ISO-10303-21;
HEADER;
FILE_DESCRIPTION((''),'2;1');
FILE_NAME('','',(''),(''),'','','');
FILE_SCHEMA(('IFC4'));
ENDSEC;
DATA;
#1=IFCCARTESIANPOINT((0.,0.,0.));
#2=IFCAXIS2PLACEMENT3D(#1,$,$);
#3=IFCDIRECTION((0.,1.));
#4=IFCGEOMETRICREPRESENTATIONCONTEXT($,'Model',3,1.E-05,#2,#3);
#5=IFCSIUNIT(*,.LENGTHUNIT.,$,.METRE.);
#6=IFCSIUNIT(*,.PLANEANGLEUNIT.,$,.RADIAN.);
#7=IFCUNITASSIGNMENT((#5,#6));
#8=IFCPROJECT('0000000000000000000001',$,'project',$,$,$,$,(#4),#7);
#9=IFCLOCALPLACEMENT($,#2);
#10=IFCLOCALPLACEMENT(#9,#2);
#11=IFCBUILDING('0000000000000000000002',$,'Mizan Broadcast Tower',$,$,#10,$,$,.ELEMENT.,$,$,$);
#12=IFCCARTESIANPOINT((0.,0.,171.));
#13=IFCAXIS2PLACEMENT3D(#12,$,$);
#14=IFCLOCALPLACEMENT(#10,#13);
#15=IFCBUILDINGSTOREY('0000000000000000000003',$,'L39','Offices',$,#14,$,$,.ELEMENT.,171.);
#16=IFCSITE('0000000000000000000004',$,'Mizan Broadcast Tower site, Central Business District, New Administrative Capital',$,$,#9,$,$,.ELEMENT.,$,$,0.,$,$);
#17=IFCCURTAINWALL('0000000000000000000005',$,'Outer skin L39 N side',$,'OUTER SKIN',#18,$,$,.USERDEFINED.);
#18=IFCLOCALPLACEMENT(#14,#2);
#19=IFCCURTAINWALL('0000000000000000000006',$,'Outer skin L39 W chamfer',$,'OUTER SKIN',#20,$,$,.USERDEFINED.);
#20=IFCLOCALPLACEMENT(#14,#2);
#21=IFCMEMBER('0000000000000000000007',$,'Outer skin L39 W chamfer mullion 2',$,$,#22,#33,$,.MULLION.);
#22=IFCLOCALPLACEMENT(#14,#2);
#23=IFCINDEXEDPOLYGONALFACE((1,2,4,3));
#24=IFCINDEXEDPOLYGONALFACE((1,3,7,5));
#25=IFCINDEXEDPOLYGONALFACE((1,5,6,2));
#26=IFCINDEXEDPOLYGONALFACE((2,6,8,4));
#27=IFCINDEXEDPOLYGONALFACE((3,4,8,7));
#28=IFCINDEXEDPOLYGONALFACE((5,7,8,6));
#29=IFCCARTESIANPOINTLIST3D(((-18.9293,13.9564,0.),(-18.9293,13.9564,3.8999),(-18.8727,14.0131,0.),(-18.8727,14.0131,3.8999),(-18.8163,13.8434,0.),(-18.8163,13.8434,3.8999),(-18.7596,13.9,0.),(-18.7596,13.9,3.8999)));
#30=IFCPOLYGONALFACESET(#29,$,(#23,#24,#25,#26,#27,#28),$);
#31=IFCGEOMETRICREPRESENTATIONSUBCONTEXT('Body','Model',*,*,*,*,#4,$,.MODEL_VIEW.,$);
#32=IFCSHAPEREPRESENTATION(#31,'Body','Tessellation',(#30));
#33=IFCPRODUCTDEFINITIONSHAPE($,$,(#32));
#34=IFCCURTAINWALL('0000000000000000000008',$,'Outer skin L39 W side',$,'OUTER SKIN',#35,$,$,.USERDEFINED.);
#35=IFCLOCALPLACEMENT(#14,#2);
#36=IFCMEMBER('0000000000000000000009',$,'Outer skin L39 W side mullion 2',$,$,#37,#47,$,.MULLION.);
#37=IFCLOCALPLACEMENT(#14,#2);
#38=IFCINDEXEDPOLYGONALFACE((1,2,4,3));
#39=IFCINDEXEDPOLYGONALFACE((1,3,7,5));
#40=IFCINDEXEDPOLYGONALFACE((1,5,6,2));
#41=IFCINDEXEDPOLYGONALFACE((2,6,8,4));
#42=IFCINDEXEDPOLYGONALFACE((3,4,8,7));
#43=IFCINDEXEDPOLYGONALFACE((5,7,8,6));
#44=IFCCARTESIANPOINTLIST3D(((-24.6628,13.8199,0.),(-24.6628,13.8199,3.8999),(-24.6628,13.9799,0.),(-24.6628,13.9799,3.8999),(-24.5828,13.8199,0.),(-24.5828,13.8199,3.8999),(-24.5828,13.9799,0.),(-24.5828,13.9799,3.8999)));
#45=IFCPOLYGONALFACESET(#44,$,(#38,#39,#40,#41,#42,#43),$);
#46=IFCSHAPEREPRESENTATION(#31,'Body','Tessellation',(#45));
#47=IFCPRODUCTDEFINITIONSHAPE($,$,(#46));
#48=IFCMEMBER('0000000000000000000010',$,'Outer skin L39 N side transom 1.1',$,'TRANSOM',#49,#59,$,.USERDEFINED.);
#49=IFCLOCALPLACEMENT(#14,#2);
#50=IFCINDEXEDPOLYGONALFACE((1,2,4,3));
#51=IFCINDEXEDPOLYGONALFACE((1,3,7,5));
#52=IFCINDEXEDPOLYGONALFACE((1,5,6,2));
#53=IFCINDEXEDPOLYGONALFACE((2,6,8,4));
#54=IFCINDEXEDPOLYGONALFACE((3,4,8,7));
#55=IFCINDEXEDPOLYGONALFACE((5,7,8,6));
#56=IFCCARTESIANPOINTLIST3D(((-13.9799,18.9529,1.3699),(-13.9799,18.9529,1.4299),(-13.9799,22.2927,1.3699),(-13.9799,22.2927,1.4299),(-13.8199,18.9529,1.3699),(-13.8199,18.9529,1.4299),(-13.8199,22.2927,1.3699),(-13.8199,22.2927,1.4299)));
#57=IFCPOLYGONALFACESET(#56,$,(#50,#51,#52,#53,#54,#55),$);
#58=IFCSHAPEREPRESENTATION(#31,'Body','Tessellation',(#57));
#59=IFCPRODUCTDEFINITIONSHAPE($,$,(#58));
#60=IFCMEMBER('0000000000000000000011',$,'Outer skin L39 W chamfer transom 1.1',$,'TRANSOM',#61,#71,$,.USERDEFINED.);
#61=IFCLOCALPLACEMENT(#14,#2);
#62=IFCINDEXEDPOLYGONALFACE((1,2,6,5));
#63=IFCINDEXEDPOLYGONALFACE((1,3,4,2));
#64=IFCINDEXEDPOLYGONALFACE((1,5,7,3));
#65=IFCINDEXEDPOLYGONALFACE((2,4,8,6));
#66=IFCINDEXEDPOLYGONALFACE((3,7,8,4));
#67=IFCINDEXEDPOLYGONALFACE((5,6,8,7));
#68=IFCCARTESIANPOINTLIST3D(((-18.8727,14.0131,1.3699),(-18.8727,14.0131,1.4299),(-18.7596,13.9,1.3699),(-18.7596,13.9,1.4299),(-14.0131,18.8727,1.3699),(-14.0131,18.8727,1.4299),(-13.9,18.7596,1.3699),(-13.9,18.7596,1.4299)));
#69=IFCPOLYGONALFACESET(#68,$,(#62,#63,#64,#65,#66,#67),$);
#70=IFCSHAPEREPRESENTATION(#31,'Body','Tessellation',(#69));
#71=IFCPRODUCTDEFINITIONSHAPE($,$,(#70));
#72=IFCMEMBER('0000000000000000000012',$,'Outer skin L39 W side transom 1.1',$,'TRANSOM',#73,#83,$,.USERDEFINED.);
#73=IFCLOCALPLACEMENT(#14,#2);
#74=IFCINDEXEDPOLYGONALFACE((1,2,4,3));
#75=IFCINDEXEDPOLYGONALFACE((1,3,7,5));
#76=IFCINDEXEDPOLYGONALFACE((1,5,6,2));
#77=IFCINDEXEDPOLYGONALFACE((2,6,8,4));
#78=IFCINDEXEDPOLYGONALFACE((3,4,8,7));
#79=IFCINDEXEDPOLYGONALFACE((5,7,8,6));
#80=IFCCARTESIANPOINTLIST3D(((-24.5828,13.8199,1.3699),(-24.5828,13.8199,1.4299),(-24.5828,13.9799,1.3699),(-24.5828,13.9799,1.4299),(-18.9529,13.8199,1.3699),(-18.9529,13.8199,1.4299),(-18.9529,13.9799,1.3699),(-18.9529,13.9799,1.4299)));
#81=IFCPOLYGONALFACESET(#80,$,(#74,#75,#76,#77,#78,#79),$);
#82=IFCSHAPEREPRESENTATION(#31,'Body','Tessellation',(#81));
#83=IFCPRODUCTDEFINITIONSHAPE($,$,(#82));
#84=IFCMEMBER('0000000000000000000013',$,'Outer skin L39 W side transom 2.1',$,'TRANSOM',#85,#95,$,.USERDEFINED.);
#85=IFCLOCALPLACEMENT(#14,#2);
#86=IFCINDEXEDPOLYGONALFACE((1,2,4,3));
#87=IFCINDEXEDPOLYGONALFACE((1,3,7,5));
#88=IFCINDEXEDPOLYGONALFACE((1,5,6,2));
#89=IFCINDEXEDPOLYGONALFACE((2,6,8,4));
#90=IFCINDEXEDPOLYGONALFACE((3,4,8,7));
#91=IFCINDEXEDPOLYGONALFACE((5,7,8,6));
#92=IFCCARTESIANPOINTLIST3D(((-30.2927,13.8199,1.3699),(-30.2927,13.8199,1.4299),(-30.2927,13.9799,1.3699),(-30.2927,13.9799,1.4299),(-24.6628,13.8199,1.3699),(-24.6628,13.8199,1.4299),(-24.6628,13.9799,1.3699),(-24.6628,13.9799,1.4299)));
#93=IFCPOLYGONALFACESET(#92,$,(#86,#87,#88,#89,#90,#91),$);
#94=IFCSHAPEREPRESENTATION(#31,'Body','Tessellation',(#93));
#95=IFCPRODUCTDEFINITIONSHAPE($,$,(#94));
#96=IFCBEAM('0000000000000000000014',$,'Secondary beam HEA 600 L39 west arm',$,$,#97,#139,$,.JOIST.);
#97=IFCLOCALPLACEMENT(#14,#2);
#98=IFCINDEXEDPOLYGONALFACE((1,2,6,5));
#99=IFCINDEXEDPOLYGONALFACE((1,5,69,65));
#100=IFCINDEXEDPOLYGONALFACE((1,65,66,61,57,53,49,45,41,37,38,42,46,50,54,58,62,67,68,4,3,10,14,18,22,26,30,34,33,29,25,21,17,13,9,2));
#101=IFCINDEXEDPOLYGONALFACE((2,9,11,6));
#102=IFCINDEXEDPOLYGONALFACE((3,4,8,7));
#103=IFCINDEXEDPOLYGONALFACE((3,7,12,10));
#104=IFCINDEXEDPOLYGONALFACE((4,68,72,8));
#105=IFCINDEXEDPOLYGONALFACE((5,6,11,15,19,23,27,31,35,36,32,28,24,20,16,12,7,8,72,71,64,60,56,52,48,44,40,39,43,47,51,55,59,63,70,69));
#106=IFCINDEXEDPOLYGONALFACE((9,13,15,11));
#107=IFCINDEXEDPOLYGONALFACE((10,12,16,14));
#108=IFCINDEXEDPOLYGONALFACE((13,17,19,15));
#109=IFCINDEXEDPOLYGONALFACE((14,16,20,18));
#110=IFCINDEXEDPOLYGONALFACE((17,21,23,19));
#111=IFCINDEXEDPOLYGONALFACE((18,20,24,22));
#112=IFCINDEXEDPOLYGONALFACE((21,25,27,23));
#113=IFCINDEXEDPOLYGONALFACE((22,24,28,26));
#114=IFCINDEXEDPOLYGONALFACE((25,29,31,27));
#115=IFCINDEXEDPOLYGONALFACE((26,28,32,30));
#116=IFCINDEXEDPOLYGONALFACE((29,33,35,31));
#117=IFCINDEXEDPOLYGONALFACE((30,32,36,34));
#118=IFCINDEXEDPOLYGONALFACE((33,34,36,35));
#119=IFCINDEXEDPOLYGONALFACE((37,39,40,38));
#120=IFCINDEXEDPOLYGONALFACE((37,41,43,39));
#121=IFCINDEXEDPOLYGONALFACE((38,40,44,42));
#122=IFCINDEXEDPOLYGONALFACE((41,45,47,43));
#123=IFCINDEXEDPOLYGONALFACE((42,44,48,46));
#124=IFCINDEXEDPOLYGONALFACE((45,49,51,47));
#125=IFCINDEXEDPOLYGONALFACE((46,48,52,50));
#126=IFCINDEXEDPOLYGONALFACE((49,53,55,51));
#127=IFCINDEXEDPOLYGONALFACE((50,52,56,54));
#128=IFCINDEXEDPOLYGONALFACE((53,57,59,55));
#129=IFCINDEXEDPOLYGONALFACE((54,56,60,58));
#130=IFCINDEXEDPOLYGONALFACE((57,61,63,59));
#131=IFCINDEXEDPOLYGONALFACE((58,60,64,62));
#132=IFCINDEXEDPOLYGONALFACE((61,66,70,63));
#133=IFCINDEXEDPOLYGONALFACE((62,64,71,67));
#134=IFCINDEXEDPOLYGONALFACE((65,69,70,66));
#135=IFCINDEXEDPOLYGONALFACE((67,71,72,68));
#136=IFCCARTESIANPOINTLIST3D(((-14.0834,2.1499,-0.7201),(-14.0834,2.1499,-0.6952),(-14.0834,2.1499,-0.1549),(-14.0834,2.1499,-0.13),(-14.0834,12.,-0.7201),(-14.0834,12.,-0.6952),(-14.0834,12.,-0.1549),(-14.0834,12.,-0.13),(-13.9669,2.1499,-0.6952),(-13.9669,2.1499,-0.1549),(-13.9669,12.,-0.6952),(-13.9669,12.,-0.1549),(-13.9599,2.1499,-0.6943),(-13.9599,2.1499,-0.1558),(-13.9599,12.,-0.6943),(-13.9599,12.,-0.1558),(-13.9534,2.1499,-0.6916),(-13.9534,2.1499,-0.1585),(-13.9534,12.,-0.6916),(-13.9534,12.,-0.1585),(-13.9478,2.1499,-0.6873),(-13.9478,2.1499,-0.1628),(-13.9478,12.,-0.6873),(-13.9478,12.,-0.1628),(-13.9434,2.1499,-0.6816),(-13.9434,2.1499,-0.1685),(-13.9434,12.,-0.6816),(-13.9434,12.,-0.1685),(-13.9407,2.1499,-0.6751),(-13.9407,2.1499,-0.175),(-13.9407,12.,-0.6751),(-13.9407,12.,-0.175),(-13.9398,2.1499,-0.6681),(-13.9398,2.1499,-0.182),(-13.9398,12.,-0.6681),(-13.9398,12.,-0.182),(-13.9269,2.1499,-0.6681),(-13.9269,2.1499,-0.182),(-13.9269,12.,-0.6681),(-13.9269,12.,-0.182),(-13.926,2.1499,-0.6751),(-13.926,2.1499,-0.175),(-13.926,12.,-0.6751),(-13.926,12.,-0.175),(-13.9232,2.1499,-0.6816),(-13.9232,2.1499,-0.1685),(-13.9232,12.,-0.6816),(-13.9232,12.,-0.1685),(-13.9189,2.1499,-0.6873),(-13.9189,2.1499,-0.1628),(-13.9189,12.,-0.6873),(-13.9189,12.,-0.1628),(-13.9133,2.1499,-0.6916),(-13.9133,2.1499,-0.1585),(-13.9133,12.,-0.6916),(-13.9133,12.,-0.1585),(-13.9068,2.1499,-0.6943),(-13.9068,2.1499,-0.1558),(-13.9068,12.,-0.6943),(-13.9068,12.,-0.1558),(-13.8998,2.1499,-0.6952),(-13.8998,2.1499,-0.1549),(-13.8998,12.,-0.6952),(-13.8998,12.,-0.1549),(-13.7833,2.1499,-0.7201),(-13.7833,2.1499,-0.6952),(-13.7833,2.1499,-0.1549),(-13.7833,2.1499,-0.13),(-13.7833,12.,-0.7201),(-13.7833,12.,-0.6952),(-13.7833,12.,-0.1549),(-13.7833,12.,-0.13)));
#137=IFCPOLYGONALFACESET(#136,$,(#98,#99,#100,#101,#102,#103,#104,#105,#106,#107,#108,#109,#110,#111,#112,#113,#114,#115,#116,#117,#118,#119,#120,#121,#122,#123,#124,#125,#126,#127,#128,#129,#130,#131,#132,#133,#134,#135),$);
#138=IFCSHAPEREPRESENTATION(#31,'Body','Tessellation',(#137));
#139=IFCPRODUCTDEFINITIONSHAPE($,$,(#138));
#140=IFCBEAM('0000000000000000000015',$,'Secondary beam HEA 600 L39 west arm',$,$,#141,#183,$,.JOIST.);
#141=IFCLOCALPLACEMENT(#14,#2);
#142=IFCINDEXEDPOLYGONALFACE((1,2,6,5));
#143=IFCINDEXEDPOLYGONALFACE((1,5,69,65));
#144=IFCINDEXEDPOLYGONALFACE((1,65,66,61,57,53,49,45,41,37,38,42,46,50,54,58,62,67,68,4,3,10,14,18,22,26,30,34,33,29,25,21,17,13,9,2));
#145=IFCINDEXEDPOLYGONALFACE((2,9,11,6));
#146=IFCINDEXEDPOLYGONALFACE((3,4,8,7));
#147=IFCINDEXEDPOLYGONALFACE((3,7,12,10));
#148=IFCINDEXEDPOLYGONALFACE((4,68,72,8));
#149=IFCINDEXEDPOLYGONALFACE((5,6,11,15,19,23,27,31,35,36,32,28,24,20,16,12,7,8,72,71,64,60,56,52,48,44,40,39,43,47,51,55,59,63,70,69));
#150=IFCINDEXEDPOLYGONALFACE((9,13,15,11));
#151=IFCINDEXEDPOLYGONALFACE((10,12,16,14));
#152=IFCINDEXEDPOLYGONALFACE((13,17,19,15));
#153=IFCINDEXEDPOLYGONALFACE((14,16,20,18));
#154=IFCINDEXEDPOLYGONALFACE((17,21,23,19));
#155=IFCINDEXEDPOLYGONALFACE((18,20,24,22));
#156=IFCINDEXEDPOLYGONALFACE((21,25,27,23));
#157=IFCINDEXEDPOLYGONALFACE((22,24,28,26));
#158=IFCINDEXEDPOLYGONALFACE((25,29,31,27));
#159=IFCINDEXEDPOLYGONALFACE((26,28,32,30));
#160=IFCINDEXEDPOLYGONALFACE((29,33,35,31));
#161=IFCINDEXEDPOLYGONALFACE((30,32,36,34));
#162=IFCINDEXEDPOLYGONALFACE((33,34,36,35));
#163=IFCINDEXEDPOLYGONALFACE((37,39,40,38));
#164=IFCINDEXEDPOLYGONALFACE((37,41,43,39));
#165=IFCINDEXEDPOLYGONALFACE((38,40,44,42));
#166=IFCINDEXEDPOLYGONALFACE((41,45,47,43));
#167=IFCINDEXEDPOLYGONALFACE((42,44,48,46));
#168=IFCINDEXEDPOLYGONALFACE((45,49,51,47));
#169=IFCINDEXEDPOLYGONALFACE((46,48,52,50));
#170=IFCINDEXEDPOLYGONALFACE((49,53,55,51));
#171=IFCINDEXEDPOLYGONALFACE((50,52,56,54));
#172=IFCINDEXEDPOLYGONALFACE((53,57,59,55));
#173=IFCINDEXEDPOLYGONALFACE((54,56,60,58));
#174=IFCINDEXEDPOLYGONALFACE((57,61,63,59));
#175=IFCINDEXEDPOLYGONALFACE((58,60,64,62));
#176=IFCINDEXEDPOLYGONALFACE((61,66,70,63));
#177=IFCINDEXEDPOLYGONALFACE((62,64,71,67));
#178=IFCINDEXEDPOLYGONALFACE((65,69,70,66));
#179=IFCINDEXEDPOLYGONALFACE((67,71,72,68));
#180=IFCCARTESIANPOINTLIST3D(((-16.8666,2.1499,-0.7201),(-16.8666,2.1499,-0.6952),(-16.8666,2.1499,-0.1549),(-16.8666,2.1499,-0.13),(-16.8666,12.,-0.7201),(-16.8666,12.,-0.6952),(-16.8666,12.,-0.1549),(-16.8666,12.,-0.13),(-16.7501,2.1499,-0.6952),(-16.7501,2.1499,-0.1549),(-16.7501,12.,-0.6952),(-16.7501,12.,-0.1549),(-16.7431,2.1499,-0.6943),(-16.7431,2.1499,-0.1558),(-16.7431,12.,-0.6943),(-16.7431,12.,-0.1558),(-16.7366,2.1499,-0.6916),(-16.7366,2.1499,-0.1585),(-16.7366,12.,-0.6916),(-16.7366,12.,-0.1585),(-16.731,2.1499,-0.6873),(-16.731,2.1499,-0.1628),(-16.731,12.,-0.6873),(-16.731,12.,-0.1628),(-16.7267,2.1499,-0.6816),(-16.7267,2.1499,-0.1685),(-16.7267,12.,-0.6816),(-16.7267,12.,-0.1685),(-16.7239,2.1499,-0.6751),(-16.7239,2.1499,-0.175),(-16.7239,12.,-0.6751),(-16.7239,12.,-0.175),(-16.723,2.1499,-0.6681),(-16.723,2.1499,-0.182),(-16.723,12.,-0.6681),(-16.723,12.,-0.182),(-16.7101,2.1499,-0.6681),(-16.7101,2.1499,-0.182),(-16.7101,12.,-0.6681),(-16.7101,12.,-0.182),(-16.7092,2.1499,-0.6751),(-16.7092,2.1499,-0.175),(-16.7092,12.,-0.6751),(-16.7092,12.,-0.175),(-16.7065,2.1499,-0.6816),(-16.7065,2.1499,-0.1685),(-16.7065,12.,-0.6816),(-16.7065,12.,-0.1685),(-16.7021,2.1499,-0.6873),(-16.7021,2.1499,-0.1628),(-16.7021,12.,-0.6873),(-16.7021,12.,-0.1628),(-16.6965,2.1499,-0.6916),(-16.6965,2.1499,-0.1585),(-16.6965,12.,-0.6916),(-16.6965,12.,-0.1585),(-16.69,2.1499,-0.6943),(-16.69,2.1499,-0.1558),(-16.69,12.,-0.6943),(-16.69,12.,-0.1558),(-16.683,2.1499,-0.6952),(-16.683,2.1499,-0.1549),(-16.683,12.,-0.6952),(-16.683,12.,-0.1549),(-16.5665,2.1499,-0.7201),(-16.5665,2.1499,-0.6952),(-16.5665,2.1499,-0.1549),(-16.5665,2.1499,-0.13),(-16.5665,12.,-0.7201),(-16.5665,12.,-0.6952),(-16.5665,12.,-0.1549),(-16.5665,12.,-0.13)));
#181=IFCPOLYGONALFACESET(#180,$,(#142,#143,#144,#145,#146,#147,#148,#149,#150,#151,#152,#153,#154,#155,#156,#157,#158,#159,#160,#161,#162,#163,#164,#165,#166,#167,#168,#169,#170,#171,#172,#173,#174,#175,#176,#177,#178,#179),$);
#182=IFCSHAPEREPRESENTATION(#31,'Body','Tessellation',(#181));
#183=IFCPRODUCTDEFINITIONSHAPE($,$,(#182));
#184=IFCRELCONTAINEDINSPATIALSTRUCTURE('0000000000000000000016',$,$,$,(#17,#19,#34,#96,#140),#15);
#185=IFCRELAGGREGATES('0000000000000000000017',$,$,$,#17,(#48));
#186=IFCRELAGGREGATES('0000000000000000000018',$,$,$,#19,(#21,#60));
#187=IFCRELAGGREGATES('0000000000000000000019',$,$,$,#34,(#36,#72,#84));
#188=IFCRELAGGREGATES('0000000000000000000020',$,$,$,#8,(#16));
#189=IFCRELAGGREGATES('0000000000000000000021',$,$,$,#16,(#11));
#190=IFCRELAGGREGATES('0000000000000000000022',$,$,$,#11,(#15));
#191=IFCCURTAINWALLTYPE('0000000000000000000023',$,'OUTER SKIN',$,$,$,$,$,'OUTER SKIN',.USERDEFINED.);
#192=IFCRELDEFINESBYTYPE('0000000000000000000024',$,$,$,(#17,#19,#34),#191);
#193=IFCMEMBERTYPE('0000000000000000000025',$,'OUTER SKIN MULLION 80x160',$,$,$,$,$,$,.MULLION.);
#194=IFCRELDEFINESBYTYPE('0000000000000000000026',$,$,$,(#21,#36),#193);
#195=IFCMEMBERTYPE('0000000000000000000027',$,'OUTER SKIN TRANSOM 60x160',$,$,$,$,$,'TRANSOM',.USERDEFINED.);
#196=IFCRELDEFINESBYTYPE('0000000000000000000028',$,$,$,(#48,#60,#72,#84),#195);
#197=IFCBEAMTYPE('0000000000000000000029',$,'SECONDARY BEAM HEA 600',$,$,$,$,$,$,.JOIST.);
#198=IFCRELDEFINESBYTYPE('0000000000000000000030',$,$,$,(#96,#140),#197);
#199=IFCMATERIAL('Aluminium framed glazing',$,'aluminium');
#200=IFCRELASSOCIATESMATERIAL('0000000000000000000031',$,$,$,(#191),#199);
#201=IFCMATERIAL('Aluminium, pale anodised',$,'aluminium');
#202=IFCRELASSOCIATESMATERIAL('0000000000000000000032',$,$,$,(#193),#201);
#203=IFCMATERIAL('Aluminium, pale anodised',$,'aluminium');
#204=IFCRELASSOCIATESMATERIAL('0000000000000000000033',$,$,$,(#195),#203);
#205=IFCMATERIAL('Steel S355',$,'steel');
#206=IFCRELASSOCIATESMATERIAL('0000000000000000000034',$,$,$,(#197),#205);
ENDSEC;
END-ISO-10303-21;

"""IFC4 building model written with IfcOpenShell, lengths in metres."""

from ifc_helpers import new_model, si_unit, direction, frame, origin, origin_2d, place, context, subcontext, project, spatial, rectangle, i_section, extrude, material, material_profile, profile_set, type_object, element, aggregate, save


model = new_model("IFC4")

# Units and contexts
model_context = context("Model", 3, precision=1e-05, world=origin(), true_north=direction((0.0, 1.0)))
body_context = subcontext(model_context, "Body", "Model", "MODEL_VIEW")
ifc_project = project(units=[si_unit("LENGTHUNIT", "METRE"), si_unit("PLANEANGLEUNIT", "RADIAN")], contexts=[model_context])

# Site, building, storey
site_placement = place(None, origin())
site = spatial("IfcSite", under=ifc_project, at=site_placement, Name="Mizan Broadcast Tower site, Central Business District, New Administrative Capital", CompositionType="ELEMENT", RefElevation=0.0)
building_placement = place(site_placement, origin())
building = spatial("IfcBuilding", under=site, at=building_placement, Name="Mizan Broadcast Tower", CompositionType="ELEMENT")
storey_placement = place(building_placement, frame((0.0, 0.0, 171.0)))
storey = spatial("IfcBuildingStorey", under=building, at=storey_placement, Name="L39", Description="Offices", CompositionType="ELEMENT", Elevation=171.0)

# Curtain walls, members
ifc_material_1 = material(Name="Aluminium framed glazing", Category="aluminium")
curtain_wall_type_1 = type_object("IfcCurtainWallType", Name="OUTER SKIN", ElementType="OUTER SKIN", PredefinedType="USERDEFINED", material=ifc_material_1)
curtain_wall_1_placement = place(storey_placement, origin())
curtain_wall_1 = element("IfcCurtainWall", 1, at=curtain_wall_1_placement, inside=storey, type_object=curtain_wall_type_1, Name="Outer skin L39 N side", ObjectType="OUTER SKIN", PredefinedType="USERDEFINED")
ifc_material_2 = material(Name="Aluminium, pale anodised", Category="aluminium")
ifc_material_profile_1 = material_profile(ifc_material_2, rectangle(XDim=0.1599, YDim=0.0801, at=origin_2d()), Name="MULLION 160x80")
ifc_profile_set_1 = profile_set([ifc_material_profile_1], Name="Aluminium, pale anodised")
member_type_1 = type_object("IfcMemberType", Name="OUTER SKIN MULLION 80x160", PredefinedType="MULLION", material=ifc_profile_set_1)
curtain_wall_2_placement = place(storey_placement, origin())
curtain_wall_2 = element("IfcCurtainWall", 2, at=curtain_wall_2_placement, inside=storey, type_object=curtain_wall_type_1, Name="Outer skin L39 W chamfer", ObjectType="OUTER SKIN", PredefinedType="USERDEFINED")
member_1_placement = place(storey_placement, frame((-18.8445, 13.9282, 0.0), z_axis=(0.0, 0.0, 1.0), x_axis=(0.707107, -0.707107, 0.0)))
member_1 = element("IfcMember", 3, at=member_1_placement, type_object=member_type_1, Name="Outer skin L39 W chamfer mullion 2", PredefinedType="MULLION", context=body_context, shape_type="SweptSolid", body=[
    extrude(rectangle(XDim=0.1599, YDim=0.0801, at=origin_2d()), origin(), (0.0, 0.0, 1.0), 3.8999),
])
curtain_wall_3_placement = place(storey_placement, origin())
curtain_wall_3 = element("IfcCurtainWall", 4, at=curtain_wall_3_placement, inside=storey, type_object=curtain_wall_type_1, Name="Outer skin L39 W side", ObjectType="OUTER SKIN", PredefinedType="USERDEFINED")
member_2_placement = place(storey_placement, frame((-24.6228, 13.8999, 0.0), z_axis=(0.0, 0.0, 1.0), x_axis=(0.0, -1.0, 0.0)))
member_2 = element("IfcMember", 5, at=member_2_placement, type_object=member_type_1, Name="Outer skin L39 W side mullion 2", PredefinedType="MULLION", context=body_context, shape_type="SweptSolid", body=[
    extrude(rectangle(XDim=0.1599, YDim=0.0801, at=origin_2d()), origin(), (0.0, 0.0, 1.0), 3.8999),
])

# Members
ifc_material_3 = material(Name="Aluminium, pale anodised", Category="aluminium")
ifc_material_profile_2 = material_profile(ifc_material_3, rectangle(XDim=0.1599, YDim=0.0601, at=origin_2d()), Name="TRANSOM 160x60")
ifc_profile_set_2 = profile_set([ifc_material_profile_2], Name="Aluminium, pale anodised")
member_type_2 = type_object("IfcMemberType", Name="OUTER SKIN TRANSOM 60x160", ElementType="TRANSOM", PredefinedType="USERDEFINED", material=ifc_profile_set_2)
member_3_placement = place(storey_placement, frame((-13.8999, 22.2927, 1.3999), z_axis=(0.0, -1.0, 0.0), x_axis=(1.0, 0.0, 0.0)))
member_3 = element("IfcMember", 6, at=member_3_placement, type_object=member_type_2, Name="Outer skin L39 N side transom 1.1", ObjectType="TRANSOM", PredefinedType="USERDEFINED", context=body_context, shape_type="SweptSolid", body=[
    extrude(rectangle(XDim=0.1599, YDim=0.0601, at=origin_2d()), origin(), (0.0, 0.0, 1.0), 3.3398),
])
member_4_placement = place(storey_placement, frame((-13.9565, 18.8162, 1.3999), z_axis=(-0.707107, -0.707107, 0.0), x_axis=(0.707107, -0.707107, 0.0)))
member_4 = element("IfcMember", 7, at=member_4_placement, type_object=member_type_2, Name="Outer skin L39 W chamfer transom 1.1", ObjectType="TRANSOM", PredefinedType="USERDEFINED", context=body_context, shape_type="SweptSolid", body=[
    extrude(rectangle(XDim=0.1599, YDim=0.0601, at=origin_2d()), origin(), (0.0, 0.0, 1.0), 6.8726),
])
member_5_placement = place(storey_placement, frame((-18.9529, 13.8999, 1.3999), z_axis=(-1.0, 0.0, 0.0), x_axis=(0.0, -1.0, 0.0)))
member_5 = element("IfcMember", 8, at=member_5_placement, type_object=member_type_2, Name="Outer skin L39 W side transom 1.1", ObjectType="TRANSOM", PredefinedType="USERDEFINED", context=body_context, shape_type="SweptSolid", body=[
    extrude(rectangle(XDim=0.1599, YDim=0.0601, at=origin_2d()), origin(), (0.0, 0.0, 1.0), 5.6299),
])
member_6_placement = place(storey_placement, frame((-24.6628, 13.8999, 1.3999), z_axis=(-1.0, 0.0, 0.0), x_axis=(0.0, -1.0, 0.0)))
member_6 = element("IfcMember", 9, at=member_6_placement, type_object=member_type_2, Name="Outer skin L39 W side transom 2.1", ObjectType="TRANSOM", PredefinedType="USERDEFINED", context=body_context, shape_type="SweptSolid", body=[
    extrude(rectangle(XDim=0.1599, YDim=0.0601, at=origin_2d()), origin(), (0.0, 0.0, 1.0), 5.6299),
])

# Beams
ifc_material_4 = material(Name="Steel S355", Category="steel")
ifc_material_profile_3 = material_profile(ifc_material_4, i_section(OverallWidth=0.3, OverallDepth=0.5901, WebThickness=0.0129, FlangeThickness=0.0249, FilletRadius=0.0271, at=origin_2d()), Name="HEA 600")
ifc_profile_set_3 = profile_set([ifc_material_profile_3], Name="Steel S355")
beam_type_1 = type_object("IfcBeamType", Name="SECONDARY BEAM HEA 600", PredefinedType="JOIST", material=ifc_profile_set_3)
for number, where, z_axis, x_axis, name in (
    (10, (-13.9333, 12.0, -0.425), (0.0, -1.0, 0.0), (1.0, 0.0, 0.0), "Secondary beam HEA 600 L39 west arm"),
    (11, (-16.7166, 12.0, -0.425), (0.0, -1.0, 0.0), (1.0, 0.0, 0.0), "Secondary beam HEA 600 L39 west arm"),
):
    element("IfcBeam", number, at=place(storey_placement, frame(where, z_axis=z_axis, x_axis=x_axis)), inside=storey, type_object=beam_type_1, Name=name, PredefinedType="JOIST", context=body_context, shape_type="SweptSolid", body=[
        extrude(i_section(OverallWidth=0.3, OverallDepth=0.5901, WebThickness=0.0129, FlangeThickness=0.0249, FilletRadius=0.0271, at=origin_2d()), origin(), (0.0, 0.0, 1.0), 9.8501),
    ])

aggregate(curtain_wall_1, [member_3])
aggregate(curtain_wall_2, [member_1, member_4])
aggregate(curtain_wall_3, [member_2, member_5, member_6])

save(model, "model.ifc")
